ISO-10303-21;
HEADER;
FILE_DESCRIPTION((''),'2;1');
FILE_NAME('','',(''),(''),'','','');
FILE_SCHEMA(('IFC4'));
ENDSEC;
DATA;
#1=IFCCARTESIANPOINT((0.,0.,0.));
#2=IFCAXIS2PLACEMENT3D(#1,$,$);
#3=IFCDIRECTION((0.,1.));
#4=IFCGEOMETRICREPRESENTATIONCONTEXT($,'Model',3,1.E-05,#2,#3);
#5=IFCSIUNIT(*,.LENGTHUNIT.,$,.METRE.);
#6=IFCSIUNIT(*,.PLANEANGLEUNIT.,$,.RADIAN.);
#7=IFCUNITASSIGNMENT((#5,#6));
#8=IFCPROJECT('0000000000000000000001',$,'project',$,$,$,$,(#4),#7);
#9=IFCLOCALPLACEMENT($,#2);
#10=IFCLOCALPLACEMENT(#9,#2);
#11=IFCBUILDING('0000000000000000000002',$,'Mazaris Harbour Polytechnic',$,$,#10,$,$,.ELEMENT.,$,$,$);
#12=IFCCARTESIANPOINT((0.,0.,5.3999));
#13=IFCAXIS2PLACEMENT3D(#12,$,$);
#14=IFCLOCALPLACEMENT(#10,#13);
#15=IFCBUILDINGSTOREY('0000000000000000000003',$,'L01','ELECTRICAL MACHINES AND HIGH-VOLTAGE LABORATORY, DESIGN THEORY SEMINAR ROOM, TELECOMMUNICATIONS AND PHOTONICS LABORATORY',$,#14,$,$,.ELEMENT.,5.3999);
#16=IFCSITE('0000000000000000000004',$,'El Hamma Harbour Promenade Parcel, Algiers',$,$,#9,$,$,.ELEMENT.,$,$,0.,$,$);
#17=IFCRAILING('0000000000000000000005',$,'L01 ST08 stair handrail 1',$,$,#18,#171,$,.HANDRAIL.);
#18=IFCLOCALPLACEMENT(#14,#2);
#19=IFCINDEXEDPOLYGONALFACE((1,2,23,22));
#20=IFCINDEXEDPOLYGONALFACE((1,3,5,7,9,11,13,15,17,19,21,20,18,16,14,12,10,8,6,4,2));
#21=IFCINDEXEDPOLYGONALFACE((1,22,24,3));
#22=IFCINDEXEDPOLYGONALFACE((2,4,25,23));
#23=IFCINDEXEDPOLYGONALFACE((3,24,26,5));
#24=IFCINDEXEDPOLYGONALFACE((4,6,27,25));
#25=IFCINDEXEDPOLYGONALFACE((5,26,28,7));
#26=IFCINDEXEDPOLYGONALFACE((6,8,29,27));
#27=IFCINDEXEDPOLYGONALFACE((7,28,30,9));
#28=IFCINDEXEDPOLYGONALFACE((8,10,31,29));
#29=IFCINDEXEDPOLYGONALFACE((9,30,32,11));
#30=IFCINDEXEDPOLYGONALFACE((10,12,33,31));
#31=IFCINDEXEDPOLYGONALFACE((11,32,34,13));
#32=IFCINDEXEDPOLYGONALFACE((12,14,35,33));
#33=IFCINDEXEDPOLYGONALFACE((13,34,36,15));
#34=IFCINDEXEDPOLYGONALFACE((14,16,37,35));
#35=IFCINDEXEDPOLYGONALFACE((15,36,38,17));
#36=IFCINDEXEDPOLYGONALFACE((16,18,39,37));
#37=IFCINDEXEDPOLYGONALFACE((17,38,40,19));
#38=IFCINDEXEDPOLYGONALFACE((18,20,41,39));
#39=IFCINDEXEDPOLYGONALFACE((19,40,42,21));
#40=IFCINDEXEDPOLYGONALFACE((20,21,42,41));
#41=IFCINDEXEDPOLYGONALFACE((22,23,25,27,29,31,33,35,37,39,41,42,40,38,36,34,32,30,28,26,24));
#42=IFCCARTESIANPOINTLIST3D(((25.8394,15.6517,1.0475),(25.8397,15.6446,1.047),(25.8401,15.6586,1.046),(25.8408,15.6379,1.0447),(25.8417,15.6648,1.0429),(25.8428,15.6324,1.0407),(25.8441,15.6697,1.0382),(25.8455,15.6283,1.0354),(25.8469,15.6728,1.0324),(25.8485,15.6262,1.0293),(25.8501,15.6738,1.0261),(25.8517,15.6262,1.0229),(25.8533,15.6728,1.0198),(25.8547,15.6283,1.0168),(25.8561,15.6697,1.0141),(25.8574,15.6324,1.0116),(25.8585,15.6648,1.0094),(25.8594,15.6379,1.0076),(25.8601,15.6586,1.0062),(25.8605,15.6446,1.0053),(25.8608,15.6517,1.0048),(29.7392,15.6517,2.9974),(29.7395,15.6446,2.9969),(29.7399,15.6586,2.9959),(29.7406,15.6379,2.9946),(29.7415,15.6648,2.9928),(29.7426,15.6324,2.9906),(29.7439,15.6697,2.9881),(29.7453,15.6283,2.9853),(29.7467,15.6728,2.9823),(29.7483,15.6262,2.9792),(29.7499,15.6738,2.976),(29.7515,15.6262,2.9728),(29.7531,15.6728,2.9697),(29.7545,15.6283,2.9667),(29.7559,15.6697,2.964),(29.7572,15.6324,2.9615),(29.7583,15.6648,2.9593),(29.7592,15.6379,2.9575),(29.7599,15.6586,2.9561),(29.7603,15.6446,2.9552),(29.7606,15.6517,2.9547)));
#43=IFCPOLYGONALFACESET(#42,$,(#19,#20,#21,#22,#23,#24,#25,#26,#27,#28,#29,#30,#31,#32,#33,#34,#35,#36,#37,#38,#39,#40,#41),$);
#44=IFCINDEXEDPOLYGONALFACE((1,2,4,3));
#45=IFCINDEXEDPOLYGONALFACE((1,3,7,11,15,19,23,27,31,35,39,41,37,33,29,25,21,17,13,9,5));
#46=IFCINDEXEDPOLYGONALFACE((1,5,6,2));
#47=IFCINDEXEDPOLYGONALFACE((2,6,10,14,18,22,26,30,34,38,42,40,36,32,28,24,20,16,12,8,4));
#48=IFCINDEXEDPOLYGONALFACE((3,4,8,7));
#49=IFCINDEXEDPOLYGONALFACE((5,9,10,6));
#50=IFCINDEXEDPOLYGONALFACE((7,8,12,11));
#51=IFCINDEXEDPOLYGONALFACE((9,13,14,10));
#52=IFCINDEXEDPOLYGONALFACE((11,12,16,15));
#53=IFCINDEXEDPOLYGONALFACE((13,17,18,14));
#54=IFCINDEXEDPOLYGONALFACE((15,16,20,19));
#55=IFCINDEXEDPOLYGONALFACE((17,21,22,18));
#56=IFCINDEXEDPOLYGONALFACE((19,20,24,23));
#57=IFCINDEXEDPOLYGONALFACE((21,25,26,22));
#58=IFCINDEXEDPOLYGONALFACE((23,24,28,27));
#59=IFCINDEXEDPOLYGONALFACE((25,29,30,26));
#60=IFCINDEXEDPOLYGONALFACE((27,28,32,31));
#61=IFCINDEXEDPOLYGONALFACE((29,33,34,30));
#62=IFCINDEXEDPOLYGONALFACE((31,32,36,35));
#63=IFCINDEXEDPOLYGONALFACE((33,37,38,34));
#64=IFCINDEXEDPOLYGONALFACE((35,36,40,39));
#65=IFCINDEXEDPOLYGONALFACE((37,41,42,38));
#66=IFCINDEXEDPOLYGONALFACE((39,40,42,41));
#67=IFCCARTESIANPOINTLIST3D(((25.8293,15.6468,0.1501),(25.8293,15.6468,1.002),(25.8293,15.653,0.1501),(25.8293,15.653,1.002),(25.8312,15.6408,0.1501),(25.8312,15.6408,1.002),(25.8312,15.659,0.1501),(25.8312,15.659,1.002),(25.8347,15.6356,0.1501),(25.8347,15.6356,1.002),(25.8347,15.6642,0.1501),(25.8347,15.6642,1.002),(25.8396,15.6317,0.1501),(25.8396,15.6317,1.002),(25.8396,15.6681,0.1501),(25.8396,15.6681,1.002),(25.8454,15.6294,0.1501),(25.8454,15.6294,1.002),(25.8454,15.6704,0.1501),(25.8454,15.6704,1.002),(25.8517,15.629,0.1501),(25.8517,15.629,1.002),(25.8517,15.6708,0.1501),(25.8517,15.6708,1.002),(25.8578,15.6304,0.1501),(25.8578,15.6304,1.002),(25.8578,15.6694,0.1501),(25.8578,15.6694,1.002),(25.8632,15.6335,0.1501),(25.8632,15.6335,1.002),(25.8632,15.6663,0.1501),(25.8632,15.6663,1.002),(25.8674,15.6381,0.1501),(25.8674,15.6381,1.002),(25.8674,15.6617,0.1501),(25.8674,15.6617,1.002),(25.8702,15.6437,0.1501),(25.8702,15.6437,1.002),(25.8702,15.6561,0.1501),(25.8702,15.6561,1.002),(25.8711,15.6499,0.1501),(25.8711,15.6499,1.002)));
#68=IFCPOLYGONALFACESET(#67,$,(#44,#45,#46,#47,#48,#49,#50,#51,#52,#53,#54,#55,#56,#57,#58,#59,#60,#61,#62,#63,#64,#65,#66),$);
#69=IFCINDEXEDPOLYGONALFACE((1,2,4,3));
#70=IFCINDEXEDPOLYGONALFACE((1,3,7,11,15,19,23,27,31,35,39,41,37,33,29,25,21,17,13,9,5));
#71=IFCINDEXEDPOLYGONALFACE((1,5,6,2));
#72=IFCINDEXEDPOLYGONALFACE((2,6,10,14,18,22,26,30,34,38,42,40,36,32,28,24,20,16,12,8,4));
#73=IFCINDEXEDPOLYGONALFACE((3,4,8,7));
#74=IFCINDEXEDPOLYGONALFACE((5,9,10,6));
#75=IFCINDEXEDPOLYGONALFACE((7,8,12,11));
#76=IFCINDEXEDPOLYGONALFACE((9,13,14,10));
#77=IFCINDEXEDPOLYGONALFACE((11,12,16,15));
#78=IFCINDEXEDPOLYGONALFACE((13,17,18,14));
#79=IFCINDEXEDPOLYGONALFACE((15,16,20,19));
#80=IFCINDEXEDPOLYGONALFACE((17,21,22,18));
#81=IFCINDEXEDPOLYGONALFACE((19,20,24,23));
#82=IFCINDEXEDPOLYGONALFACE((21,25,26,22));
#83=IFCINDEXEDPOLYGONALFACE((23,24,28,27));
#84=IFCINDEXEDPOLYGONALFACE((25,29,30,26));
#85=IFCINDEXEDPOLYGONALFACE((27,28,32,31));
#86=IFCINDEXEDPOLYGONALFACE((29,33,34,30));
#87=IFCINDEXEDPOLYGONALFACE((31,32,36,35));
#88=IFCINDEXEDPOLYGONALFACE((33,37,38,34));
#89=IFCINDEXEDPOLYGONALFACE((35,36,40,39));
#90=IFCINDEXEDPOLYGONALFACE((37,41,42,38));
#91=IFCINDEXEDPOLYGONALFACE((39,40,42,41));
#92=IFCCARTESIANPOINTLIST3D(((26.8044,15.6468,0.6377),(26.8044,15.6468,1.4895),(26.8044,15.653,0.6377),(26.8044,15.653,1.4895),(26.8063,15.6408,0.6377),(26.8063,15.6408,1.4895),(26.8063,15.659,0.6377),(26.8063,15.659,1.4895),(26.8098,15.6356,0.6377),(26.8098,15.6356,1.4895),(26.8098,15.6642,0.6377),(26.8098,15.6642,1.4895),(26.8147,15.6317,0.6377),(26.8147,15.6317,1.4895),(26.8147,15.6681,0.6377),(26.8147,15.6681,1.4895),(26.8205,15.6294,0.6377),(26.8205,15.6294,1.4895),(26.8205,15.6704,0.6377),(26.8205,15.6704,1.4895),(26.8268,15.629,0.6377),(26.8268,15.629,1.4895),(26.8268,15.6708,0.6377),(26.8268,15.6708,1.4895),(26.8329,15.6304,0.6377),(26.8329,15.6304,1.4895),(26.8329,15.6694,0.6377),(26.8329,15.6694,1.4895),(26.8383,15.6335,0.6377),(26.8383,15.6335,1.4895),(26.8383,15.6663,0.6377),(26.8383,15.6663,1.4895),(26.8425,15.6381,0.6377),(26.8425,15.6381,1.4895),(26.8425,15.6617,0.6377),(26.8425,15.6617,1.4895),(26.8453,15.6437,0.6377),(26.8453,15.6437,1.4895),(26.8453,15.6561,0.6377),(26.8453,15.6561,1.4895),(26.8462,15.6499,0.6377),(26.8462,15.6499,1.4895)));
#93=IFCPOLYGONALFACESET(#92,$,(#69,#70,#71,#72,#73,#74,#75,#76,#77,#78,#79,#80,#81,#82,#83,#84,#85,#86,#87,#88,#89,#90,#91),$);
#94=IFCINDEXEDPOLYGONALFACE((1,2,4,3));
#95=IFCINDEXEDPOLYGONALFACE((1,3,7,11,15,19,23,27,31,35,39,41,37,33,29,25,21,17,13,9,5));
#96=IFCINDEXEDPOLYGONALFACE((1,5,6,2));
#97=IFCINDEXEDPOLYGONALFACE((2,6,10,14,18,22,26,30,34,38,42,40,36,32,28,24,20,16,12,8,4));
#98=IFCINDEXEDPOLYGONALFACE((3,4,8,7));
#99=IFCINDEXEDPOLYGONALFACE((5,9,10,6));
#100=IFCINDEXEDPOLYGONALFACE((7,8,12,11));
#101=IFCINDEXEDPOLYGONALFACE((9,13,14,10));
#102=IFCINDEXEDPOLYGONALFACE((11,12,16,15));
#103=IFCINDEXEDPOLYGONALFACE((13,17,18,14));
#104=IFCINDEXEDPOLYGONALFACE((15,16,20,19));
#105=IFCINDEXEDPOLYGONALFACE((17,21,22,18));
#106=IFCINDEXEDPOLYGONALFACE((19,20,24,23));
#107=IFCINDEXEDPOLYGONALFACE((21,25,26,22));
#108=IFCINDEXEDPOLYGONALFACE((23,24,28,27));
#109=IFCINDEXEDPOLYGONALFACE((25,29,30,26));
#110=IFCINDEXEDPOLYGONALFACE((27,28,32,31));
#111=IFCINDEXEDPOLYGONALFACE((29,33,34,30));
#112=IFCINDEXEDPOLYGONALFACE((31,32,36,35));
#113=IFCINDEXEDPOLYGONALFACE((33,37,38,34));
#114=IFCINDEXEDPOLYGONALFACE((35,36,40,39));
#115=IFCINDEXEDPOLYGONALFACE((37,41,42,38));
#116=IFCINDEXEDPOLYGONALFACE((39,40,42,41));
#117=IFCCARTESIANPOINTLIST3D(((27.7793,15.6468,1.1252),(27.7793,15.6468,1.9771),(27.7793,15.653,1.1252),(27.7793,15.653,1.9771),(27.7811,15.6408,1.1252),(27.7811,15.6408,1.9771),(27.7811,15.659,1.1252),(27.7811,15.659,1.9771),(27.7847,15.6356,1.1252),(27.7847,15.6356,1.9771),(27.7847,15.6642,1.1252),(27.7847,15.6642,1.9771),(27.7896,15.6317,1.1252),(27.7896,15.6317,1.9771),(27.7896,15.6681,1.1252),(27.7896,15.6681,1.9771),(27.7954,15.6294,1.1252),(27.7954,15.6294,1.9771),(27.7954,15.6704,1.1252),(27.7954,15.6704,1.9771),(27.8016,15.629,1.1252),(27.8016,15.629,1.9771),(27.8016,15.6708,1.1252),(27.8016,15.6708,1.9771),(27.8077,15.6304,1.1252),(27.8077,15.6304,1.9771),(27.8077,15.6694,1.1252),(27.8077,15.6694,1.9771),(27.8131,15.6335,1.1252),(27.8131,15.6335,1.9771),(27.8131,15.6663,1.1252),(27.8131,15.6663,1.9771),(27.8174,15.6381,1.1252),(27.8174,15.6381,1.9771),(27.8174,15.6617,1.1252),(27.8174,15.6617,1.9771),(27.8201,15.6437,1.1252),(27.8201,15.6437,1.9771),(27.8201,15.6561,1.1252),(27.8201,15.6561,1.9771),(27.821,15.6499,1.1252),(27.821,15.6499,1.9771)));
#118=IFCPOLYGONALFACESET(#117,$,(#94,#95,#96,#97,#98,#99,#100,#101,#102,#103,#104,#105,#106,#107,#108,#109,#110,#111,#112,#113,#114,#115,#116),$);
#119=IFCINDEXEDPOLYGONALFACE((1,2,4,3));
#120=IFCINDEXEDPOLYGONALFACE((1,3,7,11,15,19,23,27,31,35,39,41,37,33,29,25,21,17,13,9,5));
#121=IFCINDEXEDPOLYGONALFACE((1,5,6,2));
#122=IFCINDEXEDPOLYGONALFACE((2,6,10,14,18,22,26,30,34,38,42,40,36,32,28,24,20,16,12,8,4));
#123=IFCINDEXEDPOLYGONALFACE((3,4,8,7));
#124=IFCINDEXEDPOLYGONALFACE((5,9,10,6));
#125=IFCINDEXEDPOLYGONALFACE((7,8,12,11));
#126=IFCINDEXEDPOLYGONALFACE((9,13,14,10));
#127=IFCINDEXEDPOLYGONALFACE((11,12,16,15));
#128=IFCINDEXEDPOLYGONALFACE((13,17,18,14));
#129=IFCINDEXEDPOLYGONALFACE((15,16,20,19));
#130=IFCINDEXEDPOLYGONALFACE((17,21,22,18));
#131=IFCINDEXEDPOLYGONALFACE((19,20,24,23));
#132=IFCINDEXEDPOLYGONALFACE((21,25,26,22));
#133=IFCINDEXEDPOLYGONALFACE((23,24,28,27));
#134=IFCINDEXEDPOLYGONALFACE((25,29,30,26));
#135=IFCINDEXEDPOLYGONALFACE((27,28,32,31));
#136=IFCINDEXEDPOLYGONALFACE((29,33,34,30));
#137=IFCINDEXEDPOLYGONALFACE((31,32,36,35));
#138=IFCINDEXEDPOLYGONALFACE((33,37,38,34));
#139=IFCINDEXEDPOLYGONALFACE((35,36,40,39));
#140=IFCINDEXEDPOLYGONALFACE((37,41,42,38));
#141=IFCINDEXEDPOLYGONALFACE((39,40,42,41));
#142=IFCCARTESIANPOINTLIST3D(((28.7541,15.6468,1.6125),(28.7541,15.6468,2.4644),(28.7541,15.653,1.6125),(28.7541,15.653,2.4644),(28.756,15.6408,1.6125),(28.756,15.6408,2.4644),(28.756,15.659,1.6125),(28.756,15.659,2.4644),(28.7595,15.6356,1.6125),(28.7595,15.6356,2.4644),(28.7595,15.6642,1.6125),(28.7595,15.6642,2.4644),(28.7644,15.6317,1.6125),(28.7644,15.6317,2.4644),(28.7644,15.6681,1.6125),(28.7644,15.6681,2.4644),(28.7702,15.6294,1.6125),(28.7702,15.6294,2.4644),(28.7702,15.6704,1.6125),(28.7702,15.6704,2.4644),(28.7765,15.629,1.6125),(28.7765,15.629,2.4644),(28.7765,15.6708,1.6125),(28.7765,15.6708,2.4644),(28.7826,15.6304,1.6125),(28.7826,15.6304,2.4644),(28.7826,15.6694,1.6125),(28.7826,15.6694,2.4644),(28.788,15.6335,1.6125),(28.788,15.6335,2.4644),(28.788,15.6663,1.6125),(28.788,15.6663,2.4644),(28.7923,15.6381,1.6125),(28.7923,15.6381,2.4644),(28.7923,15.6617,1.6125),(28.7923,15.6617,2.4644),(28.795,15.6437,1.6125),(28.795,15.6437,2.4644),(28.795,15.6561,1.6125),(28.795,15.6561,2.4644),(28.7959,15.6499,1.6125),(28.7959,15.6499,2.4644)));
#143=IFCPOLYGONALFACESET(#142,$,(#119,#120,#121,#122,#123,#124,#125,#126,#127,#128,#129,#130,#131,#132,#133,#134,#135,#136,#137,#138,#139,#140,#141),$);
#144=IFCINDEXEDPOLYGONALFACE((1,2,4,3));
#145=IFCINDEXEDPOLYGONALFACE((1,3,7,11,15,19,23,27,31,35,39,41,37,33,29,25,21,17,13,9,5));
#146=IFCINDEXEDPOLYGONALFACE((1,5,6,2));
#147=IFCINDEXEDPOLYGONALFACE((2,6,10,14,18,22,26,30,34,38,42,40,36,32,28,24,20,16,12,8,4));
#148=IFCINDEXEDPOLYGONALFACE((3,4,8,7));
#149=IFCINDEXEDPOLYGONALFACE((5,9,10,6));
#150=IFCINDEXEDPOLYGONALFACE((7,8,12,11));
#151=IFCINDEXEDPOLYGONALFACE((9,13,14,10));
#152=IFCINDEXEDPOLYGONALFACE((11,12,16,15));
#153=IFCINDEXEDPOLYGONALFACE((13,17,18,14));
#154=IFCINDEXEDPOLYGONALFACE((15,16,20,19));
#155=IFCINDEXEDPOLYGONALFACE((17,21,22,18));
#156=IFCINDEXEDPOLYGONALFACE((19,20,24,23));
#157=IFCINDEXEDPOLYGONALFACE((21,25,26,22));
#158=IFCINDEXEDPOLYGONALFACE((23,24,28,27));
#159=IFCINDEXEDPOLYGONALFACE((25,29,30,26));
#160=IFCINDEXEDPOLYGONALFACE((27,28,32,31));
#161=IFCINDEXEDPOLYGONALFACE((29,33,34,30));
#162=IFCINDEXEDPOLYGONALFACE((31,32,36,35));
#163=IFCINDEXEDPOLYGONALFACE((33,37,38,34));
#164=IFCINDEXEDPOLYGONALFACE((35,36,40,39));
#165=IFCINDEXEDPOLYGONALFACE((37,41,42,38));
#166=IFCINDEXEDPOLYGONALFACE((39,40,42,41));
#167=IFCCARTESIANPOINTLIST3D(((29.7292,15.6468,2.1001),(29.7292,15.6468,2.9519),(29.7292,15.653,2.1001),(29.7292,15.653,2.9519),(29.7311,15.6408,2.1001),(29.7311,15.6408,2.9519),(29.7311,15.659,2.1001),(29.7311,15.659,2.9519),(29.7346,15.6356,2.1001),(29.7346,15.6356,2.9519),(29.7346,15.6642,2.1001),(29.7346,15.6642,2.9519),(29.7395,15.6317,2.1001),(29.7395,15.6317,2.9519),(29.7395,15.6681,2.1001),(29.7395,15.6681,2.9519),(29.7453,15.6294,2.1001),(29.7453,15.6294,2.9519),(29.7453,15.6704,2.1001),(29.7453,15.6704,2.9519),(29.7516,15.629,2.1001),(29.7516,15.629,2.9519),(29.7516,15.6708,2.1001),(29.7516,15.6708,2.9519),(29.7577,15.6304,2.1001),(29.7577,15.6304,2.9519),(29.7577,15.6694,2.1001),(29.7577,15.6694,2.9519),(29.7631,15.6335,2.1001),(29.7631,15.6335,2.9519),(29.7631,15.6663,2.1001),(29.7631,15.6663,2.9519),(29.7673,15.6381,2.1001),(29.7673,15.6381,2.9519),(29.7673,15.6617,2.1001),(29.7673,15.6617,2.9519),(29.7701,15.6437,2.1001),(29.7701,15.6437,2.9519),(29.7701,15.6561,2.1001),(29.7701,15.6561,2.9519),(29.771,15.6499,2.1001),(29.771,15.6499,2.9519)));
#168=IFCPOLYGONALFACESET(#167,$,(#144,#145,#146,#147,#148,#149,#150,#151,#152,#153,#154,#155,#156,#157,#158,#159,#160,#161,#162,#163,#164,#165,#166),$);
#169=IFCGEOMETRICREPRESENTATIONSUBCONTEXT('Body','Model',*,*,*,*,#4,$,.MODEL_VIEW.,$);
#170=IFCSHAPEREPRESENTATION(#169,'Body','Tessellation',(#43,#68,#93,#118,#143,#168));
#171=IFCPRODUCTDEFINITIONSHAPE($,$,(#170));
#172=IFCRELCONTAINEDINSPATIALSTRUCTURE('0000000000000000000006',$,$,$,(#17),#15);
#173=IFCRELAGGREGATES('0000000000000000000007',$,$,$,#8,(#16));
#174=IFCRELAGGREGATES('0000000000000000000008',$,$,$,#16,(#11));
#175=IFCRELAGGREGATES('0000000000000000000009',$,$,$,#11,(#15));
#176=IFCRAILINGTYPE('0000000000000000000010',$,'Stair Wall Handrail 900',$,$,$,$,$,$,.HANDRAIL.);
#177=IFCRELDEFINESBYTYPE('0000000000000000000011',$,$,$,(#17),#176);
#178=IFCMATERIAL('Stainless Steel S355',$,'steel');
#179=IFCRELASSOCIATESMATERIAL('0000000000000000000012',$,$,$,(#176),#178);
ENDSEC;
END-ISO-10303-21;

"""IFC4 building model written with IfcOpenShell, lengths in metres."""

from ifc_helpers import new_model, si_unit, direction, frame, origin, origin_2d, place, context, subcontext, project, spatial, circle, extrude, material, type_object, element, save


model = new_model("IFC4")

# Units and contexts
model_context = context("Model", 3, precision=1e-05, world=origin(), true_north=direction((0.0, 1.0)))
body_context = subcontext(model_context, "Body", "Model", "MODEL_VIEW")
ifc_project = project(units=[si_unit("LENGTHUNIT", "METRE"), si_unit("PLANEANGLEUNIT", "RADIAN")], contexts=[model_context])

# Site, building, storey
site_placement = place(None, origin())
site = spatial("IfcSite", under=ifc_project, at=site_placement, Name="El Hamma Harbour Promenade Parcel, Algiers", CompositionType="ELEMENT", RefElevation=0.0)
building_placement = place(site_placement, origin())
building = spatial("IfcBuilding", under=site, at=building_placement, Name="Mazaris Harbour Polytechnic", CompositionType="ELEMENT")
storey_placement = place(building_placement, frame((0.0, 0.0, 5.3999)))
storey = spatial("IfcBuildingStorey", under=building, at=storey_placement, Name="L01", Description="ELECTRICAL MACHINES AND HIGH-VOLTAGE LABORATORY, DESIGN THEORY SEMINAR ROOM, TELECOMMUNICATIONS AND PHOTONICS LABORATORY", CompositionType="ELEMENT", Elevation=5.3999)

# Railing
ifc_material_1 = material(Name="Stainless Steel S355", Category="steel")
railing_type_1 = type_object("IfcRailingType", Name="Stair Wall Handrail 900", PredefinedType="HANDRAIL", material=ifc_material_1)
railing_1_placement = place(storey_placement, frame((25.8501, 15.6499, 0.1501)))
element("IfcRailing", 1, at=railing_1_placement, inside=storey, type_object=railing_type_1, Name="L01 ST08 stair handrail 1", PredefinedType="HANDRAIL", context=body_context, shape_type="SweptSolid", body=[
    extrude(circle(Radius=0.0239, at=origin_2d()), frame((0.0, 0.0, 0.876), z_axis=(0.894427, 0.0, 0.447214), x_axis=(0.0, 1.0, 0.0)), (0.0, 0.0, 1.0), 4.3601),
    extrude(circle(Radius=0.021, at=origin_2d()), origin(), (0.0, 0.0, 1.0), 0.8518),
    extrude(circle(Radius=0.021, at=origin_2d()), frame((0.9751, 0.0, 0.4875)), (0.0, 0.0, 1.0), 0.8518),
    extrude(circle(Radius=0.021, at=origin_2d()), frame((1.95, 0.0, 0.9751)), (0.0, 0.0, 1.0), 0.8518),
    extrude(circle(Radius=0.021, at=origin_2d()), frame((2.9248, 0.0, 1.4624)), (0.0, 0.0, 1.0), 0.8518),
    extrude(circle(Radius=0.021, at=origin_2d()), frame((3.8999, 0.0, 1.95)), (0.0, 0.0, 1.0), 0.8518),
])

save(model, "model.ifc")
